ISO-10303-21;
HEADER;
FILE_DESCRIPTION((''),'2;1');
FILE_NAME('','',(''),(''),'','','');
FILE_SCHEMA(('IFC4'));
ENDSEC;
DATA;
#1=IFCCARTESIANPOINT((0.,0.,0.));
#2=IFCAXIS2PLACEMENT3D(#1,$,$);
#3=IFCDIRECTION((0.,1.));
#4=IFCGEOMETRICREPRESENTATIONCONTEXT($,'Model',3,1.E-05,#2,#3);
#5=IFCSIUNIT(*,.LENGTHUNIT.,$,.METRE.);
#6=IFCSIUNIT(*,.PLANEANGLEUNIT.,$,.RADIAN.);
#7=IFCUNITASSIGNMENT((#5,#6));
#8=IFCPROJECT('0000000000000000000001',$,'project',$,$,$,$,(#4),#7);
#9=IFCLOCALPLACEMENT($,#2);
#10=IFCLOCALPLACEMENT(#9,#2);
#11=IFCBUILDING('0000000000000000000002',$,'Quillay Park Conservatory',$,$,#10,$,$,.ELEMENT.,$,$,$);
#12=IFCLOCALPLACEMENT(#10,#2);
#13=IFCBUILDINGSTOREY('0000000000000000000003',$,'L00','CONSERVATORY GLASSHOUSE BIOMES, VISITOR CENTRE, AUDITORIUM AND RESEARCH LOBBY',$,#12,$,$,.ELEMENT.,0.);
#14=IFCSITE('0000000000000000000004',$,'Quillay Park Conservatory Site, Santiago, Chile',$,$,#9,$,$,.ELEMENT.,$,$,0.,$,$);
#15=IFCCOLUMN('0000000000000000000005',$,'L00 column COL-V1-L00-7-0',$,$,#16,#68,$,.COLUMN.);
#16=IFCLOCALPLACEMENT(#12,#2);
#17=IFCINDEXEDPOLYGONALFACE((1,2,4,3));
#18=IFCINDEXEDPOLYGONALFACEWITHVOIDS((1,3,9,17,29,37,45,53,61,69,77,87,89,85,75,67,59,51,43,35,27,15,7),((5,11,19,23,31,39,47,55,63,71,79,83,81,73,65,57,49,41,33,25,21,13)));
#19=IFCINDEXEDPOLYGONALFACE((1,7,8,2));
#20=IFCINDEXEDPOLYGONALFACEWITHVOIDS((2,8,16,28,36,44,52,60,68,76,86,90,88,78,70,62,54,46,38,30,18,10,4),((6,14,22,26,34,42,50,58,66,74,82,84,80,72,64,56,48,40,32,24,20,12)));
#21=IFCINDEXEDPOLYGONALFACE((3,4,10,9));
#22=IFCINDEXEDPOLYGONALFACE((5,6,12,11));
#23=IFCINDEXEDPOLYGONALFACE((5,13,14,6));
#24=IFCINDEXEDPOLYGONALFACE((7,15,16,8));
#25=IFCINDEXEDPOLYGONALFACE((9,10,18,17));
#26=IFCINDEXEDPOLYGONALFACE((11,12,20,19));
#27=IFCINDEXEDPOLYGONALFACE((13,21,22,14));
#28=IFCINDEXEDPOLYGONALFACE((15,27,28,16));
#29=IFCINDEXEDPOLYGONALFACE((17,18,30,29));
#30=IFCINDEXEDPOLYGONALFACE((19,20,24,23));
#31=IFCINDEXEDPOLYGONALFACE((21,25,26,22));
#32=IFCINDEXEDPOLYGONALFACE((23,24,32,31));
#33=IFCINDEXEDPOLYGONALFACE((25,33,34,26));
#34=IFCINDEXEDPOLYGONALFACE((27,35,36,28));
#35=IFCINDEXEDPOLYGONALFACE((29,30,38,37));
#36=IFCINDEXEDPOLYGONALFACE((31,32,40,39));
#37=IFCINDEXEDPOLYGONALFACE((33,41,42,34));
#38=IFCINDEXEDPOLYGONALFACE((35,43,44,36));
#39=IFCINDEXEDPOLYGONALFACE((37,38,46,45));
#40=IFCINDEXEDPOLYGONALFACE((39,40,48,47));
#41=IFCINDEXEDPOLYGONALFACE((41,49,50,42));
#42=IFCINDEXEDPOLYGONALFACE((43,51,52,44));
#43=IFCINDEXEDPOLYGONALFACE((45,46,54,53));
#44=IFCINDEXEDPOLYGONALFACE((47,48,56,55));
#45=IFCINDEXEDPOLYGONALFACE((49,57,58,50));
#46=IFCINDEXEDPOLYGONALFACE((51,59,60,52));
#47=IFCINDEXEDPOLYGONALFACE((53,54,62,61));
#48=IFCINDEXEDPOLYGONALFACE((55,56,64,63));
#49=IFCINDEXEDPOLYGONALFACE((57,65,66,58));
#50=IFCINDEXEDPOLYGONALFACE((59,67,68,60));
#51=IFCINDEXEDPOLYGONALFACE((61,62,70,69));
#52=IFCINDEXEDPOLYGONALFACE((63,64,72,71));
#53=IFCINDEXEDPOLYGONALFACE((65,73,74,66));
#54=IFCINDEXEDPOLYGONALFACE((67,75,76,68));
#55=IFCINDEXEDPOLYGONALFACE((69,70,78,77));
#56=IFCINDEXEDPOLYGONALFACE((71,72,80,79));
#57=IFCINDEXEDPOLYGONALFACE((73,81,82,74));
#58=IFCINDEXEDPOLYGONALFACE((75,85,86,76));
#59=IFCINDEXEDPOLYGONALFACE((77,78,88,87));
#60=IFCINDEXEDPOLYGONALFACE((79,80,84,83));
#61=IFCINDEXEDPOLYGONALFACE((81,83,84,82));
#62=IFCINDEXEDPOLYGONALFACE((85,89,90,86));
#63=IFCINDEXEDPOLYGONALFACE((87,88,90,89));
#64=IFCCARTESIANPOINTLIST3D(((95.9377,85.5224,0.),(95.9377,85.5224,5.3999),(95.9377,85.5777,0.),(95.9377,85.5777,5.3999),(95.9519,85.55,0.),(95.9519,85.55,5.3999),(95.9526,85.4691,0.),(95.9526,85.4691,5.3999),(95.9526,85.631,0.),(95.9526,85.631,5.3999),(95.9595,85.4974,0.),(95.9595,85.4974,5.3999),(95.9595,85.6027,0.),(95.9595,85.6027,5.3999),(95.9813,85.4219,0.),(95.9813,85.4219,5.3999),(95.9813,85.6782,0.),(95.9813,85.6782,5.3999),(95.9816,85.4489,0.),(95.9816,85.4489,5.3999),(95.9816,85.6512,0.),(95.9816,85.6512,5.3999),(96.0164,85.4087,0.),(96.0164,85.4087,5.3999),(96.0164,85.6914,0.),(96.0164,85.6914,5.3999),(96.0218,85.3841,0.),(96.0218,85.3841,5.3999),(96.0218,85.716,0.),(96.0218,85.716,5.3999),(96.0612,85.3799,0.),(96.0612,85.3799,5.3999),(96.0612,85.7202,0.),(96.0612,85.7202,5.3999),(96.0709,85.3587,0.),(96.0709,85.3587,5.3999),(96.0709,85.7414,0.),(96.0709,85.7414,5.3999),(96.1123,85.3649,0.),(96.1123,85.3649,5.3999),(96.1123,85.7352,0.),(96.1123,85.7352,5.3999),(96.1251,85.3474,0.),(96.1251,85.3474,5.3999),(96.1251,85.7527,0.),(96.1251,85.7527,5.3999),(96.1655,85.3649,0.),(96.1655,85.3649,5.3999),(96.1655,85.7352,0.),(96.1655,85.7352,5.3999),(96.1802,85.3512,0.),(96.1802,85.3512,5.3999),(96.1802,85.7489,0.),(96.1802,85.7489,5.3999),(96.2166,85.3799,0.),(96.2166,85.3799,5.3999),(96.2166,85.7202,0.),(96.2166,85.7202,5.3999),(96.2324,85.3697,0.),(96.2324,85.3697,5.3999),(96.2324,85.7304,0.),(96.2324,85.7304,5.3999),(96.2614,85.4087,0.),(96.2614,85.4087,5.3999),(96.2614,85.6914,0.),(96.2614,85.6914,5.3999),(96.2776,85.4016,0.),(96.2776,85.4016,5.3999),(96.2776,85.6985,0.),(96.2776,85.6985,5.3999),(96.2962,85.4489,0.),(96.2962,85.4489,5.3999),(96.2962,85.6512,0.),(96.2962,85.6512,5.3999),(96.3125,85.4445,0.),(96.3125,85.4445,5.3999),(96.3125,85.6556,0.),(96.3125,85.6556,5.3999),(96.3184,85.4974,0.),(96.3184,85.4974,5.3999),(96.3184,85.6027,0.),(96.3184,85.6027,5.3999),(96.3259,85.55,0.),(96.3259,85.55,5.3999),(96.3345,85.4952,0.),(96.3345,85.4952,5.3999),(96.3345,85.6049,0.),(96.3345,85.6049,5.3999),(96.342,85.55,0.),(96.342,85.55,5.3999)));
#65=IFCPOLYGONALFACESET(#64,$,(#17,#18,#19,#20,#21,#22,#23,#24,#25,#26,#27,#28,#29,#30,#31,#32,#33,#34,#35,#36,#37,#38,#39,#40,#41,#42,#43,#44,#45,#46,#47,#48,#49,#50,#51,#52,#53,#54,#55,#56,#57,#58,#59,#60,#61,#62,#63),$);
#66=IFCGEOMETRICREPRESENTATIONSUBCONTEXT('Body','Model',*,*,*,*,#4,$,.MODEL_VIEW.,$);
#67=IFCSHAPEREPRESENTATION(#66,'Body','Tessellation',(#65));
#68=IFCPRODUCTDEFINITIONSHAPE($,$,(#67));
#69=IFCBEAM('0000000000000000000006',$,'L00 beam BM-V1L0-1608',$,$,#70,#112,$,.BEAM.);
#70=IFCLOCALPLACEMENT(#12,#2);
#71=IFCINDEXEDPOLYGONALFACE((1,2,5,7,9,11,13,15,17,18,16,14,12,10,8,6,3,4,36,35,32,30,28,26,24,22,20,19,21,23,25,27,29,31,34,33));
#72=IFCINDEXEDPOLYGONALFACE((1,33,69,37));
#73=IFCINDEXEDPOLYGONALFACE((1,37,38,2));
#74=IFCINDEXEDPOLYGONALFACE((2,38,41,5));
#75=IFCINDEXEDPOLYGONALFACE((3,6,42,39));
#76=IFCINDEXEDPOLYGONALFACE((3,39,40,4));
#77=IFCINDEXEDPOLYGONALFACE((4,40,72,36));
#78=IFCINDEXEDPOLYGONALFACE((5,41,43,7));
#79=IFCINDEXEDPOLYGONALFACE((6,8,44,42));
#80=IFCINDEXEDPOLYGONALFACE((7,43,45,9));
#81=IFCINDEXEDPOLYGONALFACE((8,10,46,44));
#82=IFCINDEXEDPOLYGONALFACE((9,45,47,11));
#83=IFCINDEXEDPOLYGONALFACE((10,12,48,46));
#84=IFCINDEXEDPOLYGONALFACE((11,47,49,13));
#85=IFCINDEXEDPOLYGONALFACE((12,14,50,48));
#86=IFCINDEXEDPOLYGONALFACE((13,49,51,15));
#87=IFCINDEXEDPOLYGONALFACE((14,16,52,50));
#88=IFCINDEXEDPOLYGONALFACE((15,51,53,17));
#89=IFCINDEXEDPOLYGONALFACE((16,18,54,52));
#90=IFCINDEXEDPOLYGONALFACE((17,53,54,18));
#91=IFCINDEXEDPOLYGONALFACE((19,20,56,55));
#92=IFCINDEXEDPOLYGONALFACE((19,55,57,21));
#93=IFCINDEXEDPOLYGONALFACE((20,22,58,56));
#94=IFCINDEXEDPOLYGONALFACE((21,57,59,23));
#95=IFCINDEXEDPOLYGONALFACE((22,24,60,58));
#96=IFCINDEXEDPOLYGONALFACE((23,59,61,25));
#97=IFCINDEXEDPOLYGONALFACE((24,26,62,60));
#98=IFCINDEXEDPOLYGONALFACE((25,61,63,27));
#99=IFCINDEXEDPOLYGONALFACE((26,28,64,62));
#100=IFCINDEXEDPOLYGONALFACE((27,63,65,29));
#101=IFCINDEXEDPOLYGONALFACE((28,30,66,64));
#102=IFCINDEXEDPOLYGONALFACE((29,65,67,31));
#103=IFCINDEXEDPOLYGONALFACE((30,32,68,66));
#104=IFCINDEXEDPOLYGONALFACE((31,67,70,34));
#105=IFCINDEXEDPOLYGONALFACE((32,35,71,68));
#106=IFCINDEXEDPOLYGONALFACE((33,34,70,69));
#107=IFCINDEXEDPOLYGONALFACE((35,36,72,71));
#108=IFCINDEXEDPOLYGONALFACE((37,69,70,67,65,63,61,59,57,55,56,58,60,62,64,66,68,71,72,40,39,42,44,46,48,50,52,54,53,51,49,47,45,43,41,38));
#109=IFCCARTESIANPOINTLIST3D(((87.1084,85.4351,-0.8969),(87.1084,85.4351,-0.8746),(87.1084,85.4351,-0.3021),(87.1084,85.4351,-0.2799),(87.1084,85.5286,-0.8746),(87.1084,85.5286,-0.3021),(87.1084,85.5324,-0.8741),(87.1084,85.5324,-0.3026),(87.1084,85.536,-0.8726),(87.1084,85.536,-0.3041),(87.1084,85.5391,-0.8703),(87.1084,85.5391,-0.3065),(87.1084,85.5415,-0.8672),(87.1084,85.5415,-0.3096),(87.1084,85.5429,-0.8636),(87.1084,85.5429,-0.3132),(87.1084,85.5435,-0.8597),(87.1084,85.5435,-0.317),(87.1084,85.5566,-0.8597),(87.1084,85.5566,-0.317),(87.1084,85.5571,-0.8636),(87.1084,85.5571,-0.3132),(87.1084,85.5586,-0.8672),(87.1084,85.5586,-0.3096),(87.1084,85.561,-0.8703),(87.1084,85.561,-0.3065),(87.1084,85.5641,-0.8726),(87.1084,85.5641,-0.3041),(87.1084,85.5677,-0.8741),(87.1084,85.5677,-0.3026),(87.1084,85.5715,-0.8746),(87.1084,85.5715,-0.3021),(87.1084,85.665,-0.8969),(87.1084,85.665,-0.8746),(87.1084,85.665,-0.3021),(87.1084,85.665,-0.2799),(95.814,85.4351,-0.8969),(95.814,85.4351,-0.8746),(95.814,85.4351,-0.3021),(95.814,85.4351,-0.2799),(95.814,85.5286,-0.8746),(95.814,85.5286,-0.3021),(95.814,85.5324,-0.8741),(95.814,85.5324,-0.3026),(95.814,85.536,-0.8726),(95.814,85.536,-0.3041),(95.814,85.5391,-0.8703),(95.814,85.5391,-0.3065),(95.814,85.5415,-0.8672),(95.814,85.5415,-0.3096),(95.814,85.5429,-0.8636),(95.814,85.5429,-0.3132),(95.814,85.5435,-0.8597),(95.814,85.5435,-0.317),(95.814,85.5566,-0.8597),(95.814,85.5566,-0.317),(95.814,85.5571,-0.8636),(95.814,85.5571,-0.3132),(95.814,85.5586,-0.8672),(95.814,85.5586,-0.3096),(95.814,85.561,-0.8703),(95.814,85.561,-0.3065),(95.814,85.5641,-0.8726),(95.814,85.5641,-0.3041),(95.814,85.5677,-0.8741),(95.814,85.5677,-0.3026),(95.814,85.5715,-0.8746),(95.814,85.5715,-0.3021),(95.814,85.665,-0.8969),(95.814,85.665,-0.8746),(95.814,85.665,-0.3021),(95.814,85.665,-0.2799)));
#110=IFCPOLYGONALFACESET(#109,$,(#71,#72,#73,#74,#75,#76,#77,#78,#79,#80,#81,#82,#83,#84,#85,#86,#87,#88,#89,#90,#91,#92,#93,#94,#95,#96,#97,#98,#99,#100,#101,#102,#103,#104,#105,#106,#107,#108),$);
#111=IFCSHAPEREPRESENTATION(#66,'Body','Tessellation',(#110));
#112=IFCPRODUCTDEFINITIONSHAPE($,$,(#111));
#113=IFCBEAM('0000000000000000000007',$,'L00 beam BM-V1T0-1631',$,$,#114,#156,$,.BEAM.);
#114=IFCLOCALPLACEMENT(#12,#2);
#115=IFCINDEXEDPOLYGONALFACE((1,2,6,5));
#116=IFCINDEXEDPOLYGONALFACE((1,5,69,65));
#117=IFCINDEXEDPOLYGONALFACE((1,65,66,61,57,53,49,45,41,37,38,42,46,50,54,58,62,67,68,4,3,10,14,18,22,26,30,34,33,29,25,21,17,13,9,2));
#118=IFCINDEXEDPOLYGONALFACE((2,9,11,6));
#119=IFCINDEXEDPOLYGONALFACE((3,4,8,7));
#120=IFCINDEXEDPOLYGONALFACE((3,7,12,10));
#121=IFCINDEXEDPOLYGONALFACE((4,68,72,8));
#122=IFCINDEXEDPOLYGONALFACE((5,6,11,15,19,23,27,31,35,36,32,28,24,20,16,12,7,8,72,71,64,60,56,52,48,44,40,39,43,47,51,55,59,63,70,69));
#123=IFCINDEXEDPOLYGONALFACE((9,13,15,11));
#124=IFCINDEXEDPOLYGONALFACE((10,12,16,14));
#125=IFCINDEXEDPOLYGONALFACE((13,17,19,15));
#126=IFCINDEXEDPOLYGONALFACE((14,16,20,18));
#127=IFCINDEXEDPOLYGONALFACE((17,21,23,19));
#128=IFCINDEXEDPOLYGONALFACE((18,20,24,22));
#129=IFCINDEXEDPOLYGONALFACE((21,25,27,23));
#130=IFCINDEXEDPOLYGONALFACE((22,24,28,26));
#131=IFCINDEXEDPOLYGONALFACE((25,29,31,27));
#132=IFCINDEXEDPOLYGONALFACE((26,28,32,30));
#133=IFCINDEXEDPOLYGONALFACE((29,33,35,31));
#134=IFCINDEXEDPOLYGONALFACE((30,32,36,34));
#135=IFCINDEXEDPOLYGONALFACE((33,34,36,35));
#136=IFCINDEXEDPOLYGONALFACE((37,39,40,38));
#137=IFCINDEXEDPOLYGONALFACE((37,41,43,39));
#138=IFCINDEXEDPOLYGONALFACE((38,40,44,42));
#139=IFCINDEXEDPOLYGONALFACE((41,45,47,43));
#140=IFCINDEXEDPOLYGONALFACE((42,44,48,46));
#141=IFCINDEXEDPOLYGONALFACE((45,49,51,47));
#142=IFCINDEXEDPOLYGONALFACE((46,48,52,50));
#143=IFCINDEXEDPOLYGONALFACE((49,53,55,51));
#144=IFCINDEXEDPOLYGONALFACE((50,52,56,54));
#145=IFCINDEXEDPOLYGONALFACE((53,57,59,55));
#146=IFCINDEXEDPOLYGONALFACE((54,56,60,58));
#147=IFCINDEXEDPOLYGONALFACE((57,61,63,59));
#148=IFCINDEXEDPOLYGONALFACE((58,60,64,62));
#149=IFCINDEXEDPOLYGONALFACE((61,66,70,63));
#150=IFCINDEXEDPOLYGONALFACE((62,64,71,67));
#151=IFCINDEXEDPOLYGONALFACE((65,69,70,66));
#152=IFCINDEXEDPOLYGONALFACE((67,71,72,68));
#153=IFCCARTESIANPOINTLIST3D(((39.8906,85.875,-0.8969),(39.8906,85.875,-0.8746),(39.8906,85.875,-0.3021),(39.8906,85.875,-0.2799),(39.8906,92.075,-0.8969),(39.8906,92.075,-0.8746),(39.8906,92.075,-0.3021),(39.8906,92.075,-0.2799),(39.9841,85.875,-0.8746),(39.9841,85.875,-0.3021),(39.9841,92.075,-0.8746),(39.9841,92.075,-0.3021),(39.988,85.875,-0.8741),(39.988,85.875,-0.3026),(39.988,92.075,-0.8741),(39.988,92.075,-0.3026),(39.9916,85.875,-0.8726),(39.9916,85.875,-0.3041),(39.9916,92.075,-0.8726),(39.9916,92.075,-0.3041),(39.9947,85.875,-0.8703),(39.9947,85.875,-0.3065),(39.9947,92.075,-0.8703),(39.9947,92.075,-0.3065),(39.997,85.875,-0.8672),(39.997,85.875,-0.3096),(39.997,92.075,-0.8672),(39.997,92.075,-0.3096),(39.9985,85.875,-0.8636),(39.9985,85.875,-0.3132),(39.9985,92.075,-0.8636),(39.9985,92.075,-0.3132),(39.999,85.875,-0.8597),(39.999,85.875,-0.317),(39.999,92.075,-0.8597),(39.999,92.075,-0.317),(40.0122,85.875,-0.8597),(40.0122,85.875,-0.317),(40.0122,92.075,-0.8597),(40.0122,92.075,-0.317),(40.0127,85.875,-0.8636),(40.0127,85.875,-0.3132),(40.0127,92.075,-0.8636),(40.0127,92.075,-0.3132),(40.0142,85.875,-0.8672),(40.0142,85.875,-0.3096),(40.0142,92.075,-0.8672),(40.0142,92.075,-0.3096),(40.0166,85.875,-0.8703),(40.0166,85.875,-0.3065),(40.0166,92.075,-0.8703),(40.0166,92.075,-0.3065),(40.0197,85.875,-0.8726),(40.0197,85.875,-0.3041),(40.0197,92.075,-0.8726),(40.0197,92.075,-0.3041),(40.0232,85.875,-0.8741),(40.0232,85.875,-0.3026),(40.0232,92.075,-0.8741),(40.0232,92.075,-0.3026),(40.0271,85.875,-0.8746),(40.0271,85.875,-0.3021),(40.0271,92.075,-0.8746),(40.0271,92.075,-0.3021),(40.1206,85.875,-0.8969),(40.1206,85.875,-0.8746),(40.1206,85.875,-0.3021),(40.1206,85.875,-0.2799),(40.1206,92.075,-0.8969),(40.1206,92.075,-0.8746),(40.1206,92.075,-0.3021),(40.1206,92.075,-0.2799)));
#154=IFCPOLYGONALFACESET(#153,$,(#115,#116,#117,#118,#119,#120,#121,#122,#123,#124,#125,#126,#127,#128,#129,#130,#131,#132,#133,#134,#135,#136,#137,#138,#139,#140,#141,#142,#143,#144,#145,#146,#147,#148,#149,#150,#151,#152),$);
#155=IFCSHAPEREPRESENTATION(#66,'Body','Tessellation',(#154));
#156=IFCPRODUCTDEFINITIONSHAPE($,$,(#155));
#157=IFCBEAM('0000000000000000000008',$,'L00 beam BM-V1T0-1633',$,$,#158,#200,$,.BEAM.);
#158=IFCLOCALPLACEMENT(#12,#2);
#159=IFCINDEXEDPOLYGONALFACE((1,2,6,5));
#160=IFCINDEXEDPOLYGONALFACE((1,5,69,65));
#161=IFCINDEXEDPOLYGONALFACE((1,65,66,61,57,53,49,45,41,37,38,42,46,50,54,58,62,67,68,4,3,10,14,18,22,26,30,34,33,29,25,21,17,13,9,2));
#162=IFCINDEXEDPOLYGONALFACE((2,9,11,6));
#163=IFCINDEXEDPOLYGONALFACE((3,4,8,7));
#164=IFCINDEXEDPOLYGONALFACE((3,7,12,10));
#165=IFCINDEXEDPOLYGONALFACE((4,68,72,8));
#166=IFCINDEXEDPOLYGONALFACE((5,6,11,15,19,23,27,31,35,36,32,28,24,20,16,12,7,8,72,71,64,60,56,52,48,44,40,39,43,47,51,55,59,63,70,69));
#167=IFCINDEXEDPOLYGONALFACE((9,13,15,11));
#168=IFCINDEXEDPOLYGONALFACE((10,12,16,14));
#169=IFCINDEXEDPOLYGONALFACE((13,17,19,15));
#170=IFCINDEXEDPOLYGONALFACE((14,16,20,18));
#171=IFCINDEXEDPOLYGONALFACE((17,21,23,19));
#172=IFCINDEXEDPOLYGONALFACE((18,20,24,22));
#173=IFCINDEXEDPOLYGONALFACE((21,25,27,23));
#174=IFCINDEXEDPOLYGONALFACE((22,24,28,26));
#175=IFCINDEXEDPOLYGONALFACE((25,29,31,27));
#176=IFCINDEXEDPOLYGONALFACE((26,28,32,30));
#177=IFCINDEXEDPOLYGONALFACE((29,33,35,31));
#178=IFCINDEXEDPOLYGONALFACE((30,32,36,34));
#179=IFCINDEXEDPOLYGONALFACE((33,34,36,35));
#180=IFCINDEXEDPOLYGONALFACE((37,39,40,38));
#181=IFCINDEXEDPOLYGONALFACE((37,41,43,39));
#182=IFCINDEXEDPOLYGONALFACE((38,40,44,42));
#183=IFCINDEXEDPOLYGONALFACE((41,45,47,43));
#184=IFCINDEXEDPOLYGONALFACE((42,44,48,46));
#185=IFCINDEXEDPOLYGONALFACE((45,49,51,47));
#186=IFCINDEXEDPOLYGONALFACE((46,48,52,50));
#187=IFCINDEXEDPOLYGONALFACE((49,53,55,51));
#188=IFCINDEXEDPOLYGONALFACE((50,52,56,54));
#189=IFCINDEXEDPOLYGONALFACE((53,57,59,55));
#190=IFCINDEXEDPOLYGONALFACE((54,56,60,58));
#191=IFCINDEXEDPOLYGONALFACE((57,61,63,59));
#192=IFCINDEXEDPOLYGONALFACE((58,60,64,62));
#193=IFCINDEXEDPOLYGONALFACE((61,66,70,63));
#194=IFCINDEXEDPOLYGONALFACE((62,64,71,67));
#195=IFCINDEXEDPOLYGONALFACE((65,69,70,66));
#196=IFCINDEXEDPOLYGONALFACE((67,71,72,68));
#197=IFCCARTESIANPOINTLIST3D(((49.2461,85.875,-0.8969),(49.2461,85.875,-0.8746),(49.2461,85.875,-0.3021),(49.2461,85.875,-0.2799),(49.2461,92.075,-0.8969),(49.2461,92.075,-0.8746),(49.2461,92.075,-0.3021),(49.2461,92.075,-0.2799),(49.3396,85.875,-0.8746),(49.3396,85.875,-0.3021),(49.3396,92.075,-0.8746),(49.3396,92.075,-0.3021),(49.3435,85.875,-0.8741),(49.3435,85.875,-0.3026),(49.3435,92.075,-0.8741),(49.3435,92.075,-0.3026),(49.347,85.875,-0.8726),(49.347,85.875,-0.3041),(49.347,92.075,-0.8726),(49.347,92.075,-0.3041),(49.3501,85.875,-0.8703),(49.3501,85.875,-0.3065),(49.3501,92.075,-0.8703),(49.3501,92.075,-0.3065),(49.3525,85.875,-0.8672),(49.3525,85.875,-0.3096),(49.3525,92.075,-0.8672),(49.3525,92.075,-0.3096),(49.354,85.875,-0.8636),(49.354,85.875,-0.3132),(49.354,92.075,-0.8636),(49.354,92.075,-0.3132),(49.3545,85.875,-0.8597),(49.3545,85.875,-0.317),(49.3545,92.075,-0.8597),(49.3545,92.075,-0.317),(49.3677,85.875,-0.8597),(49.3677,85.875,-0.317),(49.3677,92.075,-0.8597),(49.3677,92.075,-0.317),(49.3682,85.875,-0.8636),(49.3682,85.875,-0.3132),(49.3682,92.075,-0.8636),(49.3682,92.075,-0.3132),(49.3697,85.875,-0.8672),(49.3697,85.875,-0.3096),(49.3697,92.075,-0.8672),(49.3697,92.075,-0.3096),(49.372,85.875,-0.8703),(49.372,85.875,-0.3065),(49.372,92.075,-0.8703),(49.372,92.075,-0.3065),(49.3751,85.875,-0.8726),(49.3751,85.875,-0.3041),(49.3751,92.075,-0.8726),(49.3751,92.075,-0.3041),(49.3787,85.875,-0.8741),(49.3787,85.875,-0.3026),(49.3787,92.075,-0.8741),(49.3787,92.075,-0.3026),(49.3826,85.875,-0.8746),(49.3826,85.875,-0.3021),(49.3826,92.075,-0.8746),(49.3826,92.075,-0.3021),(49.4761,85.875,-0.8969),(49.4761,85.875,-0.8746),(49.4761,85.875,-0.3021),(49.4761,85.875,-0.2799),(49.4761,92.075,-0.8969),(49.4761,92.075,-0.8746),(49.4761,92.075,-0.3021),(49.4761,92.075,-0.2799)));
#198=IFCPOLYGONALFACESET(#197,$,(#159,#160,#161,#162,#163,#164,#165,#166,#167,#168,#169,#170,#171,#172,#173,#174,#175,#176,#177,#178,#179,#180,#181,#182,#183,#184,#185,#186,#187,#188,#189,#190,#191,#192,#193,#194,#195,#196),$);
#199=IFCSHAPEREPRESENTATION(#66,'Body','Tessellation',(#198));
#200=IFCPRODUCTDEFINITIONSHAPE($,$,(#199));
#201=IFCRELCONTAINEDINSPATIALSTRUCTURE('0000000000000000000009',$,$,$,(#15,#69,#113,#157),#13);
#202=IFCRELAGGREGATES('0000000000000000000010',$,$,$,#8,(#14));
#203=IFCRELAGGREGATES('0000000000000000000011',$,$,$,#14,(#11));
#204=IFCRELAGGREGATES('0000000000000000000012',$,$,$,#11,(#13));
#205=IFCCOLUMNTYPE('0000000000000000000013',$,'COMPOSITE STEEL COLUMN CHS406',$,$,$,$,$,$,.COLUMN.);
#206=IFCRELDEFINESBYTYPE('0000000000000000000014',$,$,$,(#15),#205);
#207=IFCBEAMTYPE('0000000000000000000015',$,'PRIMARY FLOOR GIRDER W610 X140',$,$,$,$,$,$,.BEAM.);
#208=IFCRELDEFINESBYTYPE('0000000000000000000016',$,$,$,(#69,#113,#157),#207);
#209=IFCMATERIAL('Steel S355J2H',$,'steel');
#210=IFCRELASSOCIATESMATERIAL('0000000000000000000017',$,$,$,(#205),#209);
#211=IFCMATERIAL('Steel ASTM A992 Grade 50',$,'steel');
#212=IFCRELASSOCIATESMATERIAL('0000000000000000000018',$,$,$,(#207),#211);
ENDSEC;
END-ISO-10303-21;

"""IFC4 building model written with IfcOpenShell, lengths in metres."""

from ifc_helpers import new_model, si_unit, direction, frame, origin, origin_2d, place, context, subcontext, project, spatial, hollow_circle, i_section, extrude, material, material_profile, profile_set, type_object, element, save


model = new_model("IFC4")

# Units and contexts
model_context = context("Model", 3, precision=1e-05, world=origin(), true_north=direction((0.0, 1.0)))
body_context = subcontext(model_context, "Body", "Model", "MODEL_VIEW")
ifc_project = project(units=[si_unit("LENGTHUNIT", "METRE"), si_unit("PLANEANGLEUNIT", "RADIAN")], contexts=[model_context])

# Site, building, storey
site_placement = place(None, origin())
site = spatial("IfcSite", under=ifc_project, at=site_placement, Name="Quillay Park Conservatory Site, Santiago, Chile", CompositionType="ELEMENT", RefElevation=0.0)
building_placement = place(site_placement, origin())
building = spatial("IfcBuilding", under=site, at=building_placement, Name="Quillay Park Conservatory", CompositionType="ELEMENT")
storey_placement = place(building_placement, origin())
storey = spatial("IfcBuildingStorey", under=building, at=storey_placement, Name="L00", Description="CONSERVATORY GLASSHOUSE BIOMES, VISITOR CENTRE, AUDITORIUM AND RESEARCH LOBBY", CompositionType="ELEMENT", Elevation=0.0)

# Column
ifc_material_1 = material(Name="Steel S355J2H", Category="steel")
ifc_material_profile_1 = material_profile(ifc_material_1, hollow_circle(Radius=0.2031, WallThickness=0.0161, at=origin_2d()), Name="CHS406.4x16")
ifc_profile_set_1 = profile_set([ifc_material_profile_1], Name="Steel S355J2H")
column_type = type_object("IfcColumnType", Name="COMPOSITE STEEL COLUMN CHS406", PredefinedType="COLUMN", material=ifc_profile_set_1)
column_placement = place(storey_placement, frame((96.1389, 85.55, 0.0), z_axis=(0.0, 0.0, 1.0), x_axis=(1.0, 0.0, 0.0)))
element("IfcColumn", 1, at=column_placement, inside=storey, type_object=column_type, Name="L00 column COL-V1-L00-7-0", PredefinedType="COLUMN", context=body_context, shape_type="SweptSolid", body=[
    extrude(hollow_circle(Radius=0.2031, WallThickness=0.0161, at=origin_2d()), origin(), (0.0, 0.0, 1.0), 5.3999),
])

# Beams
ifc_material_2 = material(Name="Steel ASTM A992 Grade 50", Category="steel")
ifc_material_profile_2 = material_profile(ifc_material_2, i_section(OverallWidth=0.23, OverallDepth=0.6169, WebThickness=0.0132, FlangeThickness=0.0222, FilletRadius=0.0149, at=origin_2d()), Name="W610x140")
ifc_profile_set_2 = profile_set([ifc_material_profile_2], Name="Steel ASTM A992 Grade 50")
beam_type = type_object("IfcBeamType", Name="PRIMARY FLOOR GIRDER W610 X140", PredefinedType="BEAM", material=ifc_profile_set_2)
beam_placement = place(storey_placement, frame((87.1084, 85.55, -0.5884), z_axis=(1.0, 0.0, 0.0), x_axis=(0.0, 1.0, 0.0)))
element("IfcBeam", 2, at=beam_placement, inside=storey, type_object=beam_type, Name="L00 beam BM-V1L0-1608", PredefinedType="BEAM", context=body_context, shape_type="SweptSolid", body=[
    extrude(i_section(OverallWidth=0.23, OverallDepth=0.6169, WebThickness=0.0132, FlangeThickness=0.0222, FilletRadius=0.0149, at=origin_2d()), origin(), (0.0, 0.0, 1.0), 8.7056),
])
for number, where, z_axis, x_axis, name in (
    (3, (40.0056, 85.875, -0.5884), (0.0, 1.0, 0.0), (-1.0, 0.0, 0.0), "L00 beam BM-V1T0-1631"),
    (4, (49.3611, 85.875, -0.5884), (0.0, 1.0, 0.0), (-1.0, 0.0, 0.0), "L00 beam BM-V1T0-1633"),
):
    element("IfcBeam", number, at=place(storey_placement, frame(where, z_axis=z_axis, x_axis=x_axis)), inside=storey, type_object=beam_type, Name=name, PredefinedType="BEAM", context=body_context, shape_type="SweptSolid", body=[
        extrude(i_section(OverallWidth=0.23, OverallDepth=0.6169, WebThickness=0.0132, FlangeThickness=0.0222, FilletRadius=0.0149, at=origin_2d()), origin(), (0.0, 0.0, 1.0), 6.2),
    ])

save(model, "model.ifc")
